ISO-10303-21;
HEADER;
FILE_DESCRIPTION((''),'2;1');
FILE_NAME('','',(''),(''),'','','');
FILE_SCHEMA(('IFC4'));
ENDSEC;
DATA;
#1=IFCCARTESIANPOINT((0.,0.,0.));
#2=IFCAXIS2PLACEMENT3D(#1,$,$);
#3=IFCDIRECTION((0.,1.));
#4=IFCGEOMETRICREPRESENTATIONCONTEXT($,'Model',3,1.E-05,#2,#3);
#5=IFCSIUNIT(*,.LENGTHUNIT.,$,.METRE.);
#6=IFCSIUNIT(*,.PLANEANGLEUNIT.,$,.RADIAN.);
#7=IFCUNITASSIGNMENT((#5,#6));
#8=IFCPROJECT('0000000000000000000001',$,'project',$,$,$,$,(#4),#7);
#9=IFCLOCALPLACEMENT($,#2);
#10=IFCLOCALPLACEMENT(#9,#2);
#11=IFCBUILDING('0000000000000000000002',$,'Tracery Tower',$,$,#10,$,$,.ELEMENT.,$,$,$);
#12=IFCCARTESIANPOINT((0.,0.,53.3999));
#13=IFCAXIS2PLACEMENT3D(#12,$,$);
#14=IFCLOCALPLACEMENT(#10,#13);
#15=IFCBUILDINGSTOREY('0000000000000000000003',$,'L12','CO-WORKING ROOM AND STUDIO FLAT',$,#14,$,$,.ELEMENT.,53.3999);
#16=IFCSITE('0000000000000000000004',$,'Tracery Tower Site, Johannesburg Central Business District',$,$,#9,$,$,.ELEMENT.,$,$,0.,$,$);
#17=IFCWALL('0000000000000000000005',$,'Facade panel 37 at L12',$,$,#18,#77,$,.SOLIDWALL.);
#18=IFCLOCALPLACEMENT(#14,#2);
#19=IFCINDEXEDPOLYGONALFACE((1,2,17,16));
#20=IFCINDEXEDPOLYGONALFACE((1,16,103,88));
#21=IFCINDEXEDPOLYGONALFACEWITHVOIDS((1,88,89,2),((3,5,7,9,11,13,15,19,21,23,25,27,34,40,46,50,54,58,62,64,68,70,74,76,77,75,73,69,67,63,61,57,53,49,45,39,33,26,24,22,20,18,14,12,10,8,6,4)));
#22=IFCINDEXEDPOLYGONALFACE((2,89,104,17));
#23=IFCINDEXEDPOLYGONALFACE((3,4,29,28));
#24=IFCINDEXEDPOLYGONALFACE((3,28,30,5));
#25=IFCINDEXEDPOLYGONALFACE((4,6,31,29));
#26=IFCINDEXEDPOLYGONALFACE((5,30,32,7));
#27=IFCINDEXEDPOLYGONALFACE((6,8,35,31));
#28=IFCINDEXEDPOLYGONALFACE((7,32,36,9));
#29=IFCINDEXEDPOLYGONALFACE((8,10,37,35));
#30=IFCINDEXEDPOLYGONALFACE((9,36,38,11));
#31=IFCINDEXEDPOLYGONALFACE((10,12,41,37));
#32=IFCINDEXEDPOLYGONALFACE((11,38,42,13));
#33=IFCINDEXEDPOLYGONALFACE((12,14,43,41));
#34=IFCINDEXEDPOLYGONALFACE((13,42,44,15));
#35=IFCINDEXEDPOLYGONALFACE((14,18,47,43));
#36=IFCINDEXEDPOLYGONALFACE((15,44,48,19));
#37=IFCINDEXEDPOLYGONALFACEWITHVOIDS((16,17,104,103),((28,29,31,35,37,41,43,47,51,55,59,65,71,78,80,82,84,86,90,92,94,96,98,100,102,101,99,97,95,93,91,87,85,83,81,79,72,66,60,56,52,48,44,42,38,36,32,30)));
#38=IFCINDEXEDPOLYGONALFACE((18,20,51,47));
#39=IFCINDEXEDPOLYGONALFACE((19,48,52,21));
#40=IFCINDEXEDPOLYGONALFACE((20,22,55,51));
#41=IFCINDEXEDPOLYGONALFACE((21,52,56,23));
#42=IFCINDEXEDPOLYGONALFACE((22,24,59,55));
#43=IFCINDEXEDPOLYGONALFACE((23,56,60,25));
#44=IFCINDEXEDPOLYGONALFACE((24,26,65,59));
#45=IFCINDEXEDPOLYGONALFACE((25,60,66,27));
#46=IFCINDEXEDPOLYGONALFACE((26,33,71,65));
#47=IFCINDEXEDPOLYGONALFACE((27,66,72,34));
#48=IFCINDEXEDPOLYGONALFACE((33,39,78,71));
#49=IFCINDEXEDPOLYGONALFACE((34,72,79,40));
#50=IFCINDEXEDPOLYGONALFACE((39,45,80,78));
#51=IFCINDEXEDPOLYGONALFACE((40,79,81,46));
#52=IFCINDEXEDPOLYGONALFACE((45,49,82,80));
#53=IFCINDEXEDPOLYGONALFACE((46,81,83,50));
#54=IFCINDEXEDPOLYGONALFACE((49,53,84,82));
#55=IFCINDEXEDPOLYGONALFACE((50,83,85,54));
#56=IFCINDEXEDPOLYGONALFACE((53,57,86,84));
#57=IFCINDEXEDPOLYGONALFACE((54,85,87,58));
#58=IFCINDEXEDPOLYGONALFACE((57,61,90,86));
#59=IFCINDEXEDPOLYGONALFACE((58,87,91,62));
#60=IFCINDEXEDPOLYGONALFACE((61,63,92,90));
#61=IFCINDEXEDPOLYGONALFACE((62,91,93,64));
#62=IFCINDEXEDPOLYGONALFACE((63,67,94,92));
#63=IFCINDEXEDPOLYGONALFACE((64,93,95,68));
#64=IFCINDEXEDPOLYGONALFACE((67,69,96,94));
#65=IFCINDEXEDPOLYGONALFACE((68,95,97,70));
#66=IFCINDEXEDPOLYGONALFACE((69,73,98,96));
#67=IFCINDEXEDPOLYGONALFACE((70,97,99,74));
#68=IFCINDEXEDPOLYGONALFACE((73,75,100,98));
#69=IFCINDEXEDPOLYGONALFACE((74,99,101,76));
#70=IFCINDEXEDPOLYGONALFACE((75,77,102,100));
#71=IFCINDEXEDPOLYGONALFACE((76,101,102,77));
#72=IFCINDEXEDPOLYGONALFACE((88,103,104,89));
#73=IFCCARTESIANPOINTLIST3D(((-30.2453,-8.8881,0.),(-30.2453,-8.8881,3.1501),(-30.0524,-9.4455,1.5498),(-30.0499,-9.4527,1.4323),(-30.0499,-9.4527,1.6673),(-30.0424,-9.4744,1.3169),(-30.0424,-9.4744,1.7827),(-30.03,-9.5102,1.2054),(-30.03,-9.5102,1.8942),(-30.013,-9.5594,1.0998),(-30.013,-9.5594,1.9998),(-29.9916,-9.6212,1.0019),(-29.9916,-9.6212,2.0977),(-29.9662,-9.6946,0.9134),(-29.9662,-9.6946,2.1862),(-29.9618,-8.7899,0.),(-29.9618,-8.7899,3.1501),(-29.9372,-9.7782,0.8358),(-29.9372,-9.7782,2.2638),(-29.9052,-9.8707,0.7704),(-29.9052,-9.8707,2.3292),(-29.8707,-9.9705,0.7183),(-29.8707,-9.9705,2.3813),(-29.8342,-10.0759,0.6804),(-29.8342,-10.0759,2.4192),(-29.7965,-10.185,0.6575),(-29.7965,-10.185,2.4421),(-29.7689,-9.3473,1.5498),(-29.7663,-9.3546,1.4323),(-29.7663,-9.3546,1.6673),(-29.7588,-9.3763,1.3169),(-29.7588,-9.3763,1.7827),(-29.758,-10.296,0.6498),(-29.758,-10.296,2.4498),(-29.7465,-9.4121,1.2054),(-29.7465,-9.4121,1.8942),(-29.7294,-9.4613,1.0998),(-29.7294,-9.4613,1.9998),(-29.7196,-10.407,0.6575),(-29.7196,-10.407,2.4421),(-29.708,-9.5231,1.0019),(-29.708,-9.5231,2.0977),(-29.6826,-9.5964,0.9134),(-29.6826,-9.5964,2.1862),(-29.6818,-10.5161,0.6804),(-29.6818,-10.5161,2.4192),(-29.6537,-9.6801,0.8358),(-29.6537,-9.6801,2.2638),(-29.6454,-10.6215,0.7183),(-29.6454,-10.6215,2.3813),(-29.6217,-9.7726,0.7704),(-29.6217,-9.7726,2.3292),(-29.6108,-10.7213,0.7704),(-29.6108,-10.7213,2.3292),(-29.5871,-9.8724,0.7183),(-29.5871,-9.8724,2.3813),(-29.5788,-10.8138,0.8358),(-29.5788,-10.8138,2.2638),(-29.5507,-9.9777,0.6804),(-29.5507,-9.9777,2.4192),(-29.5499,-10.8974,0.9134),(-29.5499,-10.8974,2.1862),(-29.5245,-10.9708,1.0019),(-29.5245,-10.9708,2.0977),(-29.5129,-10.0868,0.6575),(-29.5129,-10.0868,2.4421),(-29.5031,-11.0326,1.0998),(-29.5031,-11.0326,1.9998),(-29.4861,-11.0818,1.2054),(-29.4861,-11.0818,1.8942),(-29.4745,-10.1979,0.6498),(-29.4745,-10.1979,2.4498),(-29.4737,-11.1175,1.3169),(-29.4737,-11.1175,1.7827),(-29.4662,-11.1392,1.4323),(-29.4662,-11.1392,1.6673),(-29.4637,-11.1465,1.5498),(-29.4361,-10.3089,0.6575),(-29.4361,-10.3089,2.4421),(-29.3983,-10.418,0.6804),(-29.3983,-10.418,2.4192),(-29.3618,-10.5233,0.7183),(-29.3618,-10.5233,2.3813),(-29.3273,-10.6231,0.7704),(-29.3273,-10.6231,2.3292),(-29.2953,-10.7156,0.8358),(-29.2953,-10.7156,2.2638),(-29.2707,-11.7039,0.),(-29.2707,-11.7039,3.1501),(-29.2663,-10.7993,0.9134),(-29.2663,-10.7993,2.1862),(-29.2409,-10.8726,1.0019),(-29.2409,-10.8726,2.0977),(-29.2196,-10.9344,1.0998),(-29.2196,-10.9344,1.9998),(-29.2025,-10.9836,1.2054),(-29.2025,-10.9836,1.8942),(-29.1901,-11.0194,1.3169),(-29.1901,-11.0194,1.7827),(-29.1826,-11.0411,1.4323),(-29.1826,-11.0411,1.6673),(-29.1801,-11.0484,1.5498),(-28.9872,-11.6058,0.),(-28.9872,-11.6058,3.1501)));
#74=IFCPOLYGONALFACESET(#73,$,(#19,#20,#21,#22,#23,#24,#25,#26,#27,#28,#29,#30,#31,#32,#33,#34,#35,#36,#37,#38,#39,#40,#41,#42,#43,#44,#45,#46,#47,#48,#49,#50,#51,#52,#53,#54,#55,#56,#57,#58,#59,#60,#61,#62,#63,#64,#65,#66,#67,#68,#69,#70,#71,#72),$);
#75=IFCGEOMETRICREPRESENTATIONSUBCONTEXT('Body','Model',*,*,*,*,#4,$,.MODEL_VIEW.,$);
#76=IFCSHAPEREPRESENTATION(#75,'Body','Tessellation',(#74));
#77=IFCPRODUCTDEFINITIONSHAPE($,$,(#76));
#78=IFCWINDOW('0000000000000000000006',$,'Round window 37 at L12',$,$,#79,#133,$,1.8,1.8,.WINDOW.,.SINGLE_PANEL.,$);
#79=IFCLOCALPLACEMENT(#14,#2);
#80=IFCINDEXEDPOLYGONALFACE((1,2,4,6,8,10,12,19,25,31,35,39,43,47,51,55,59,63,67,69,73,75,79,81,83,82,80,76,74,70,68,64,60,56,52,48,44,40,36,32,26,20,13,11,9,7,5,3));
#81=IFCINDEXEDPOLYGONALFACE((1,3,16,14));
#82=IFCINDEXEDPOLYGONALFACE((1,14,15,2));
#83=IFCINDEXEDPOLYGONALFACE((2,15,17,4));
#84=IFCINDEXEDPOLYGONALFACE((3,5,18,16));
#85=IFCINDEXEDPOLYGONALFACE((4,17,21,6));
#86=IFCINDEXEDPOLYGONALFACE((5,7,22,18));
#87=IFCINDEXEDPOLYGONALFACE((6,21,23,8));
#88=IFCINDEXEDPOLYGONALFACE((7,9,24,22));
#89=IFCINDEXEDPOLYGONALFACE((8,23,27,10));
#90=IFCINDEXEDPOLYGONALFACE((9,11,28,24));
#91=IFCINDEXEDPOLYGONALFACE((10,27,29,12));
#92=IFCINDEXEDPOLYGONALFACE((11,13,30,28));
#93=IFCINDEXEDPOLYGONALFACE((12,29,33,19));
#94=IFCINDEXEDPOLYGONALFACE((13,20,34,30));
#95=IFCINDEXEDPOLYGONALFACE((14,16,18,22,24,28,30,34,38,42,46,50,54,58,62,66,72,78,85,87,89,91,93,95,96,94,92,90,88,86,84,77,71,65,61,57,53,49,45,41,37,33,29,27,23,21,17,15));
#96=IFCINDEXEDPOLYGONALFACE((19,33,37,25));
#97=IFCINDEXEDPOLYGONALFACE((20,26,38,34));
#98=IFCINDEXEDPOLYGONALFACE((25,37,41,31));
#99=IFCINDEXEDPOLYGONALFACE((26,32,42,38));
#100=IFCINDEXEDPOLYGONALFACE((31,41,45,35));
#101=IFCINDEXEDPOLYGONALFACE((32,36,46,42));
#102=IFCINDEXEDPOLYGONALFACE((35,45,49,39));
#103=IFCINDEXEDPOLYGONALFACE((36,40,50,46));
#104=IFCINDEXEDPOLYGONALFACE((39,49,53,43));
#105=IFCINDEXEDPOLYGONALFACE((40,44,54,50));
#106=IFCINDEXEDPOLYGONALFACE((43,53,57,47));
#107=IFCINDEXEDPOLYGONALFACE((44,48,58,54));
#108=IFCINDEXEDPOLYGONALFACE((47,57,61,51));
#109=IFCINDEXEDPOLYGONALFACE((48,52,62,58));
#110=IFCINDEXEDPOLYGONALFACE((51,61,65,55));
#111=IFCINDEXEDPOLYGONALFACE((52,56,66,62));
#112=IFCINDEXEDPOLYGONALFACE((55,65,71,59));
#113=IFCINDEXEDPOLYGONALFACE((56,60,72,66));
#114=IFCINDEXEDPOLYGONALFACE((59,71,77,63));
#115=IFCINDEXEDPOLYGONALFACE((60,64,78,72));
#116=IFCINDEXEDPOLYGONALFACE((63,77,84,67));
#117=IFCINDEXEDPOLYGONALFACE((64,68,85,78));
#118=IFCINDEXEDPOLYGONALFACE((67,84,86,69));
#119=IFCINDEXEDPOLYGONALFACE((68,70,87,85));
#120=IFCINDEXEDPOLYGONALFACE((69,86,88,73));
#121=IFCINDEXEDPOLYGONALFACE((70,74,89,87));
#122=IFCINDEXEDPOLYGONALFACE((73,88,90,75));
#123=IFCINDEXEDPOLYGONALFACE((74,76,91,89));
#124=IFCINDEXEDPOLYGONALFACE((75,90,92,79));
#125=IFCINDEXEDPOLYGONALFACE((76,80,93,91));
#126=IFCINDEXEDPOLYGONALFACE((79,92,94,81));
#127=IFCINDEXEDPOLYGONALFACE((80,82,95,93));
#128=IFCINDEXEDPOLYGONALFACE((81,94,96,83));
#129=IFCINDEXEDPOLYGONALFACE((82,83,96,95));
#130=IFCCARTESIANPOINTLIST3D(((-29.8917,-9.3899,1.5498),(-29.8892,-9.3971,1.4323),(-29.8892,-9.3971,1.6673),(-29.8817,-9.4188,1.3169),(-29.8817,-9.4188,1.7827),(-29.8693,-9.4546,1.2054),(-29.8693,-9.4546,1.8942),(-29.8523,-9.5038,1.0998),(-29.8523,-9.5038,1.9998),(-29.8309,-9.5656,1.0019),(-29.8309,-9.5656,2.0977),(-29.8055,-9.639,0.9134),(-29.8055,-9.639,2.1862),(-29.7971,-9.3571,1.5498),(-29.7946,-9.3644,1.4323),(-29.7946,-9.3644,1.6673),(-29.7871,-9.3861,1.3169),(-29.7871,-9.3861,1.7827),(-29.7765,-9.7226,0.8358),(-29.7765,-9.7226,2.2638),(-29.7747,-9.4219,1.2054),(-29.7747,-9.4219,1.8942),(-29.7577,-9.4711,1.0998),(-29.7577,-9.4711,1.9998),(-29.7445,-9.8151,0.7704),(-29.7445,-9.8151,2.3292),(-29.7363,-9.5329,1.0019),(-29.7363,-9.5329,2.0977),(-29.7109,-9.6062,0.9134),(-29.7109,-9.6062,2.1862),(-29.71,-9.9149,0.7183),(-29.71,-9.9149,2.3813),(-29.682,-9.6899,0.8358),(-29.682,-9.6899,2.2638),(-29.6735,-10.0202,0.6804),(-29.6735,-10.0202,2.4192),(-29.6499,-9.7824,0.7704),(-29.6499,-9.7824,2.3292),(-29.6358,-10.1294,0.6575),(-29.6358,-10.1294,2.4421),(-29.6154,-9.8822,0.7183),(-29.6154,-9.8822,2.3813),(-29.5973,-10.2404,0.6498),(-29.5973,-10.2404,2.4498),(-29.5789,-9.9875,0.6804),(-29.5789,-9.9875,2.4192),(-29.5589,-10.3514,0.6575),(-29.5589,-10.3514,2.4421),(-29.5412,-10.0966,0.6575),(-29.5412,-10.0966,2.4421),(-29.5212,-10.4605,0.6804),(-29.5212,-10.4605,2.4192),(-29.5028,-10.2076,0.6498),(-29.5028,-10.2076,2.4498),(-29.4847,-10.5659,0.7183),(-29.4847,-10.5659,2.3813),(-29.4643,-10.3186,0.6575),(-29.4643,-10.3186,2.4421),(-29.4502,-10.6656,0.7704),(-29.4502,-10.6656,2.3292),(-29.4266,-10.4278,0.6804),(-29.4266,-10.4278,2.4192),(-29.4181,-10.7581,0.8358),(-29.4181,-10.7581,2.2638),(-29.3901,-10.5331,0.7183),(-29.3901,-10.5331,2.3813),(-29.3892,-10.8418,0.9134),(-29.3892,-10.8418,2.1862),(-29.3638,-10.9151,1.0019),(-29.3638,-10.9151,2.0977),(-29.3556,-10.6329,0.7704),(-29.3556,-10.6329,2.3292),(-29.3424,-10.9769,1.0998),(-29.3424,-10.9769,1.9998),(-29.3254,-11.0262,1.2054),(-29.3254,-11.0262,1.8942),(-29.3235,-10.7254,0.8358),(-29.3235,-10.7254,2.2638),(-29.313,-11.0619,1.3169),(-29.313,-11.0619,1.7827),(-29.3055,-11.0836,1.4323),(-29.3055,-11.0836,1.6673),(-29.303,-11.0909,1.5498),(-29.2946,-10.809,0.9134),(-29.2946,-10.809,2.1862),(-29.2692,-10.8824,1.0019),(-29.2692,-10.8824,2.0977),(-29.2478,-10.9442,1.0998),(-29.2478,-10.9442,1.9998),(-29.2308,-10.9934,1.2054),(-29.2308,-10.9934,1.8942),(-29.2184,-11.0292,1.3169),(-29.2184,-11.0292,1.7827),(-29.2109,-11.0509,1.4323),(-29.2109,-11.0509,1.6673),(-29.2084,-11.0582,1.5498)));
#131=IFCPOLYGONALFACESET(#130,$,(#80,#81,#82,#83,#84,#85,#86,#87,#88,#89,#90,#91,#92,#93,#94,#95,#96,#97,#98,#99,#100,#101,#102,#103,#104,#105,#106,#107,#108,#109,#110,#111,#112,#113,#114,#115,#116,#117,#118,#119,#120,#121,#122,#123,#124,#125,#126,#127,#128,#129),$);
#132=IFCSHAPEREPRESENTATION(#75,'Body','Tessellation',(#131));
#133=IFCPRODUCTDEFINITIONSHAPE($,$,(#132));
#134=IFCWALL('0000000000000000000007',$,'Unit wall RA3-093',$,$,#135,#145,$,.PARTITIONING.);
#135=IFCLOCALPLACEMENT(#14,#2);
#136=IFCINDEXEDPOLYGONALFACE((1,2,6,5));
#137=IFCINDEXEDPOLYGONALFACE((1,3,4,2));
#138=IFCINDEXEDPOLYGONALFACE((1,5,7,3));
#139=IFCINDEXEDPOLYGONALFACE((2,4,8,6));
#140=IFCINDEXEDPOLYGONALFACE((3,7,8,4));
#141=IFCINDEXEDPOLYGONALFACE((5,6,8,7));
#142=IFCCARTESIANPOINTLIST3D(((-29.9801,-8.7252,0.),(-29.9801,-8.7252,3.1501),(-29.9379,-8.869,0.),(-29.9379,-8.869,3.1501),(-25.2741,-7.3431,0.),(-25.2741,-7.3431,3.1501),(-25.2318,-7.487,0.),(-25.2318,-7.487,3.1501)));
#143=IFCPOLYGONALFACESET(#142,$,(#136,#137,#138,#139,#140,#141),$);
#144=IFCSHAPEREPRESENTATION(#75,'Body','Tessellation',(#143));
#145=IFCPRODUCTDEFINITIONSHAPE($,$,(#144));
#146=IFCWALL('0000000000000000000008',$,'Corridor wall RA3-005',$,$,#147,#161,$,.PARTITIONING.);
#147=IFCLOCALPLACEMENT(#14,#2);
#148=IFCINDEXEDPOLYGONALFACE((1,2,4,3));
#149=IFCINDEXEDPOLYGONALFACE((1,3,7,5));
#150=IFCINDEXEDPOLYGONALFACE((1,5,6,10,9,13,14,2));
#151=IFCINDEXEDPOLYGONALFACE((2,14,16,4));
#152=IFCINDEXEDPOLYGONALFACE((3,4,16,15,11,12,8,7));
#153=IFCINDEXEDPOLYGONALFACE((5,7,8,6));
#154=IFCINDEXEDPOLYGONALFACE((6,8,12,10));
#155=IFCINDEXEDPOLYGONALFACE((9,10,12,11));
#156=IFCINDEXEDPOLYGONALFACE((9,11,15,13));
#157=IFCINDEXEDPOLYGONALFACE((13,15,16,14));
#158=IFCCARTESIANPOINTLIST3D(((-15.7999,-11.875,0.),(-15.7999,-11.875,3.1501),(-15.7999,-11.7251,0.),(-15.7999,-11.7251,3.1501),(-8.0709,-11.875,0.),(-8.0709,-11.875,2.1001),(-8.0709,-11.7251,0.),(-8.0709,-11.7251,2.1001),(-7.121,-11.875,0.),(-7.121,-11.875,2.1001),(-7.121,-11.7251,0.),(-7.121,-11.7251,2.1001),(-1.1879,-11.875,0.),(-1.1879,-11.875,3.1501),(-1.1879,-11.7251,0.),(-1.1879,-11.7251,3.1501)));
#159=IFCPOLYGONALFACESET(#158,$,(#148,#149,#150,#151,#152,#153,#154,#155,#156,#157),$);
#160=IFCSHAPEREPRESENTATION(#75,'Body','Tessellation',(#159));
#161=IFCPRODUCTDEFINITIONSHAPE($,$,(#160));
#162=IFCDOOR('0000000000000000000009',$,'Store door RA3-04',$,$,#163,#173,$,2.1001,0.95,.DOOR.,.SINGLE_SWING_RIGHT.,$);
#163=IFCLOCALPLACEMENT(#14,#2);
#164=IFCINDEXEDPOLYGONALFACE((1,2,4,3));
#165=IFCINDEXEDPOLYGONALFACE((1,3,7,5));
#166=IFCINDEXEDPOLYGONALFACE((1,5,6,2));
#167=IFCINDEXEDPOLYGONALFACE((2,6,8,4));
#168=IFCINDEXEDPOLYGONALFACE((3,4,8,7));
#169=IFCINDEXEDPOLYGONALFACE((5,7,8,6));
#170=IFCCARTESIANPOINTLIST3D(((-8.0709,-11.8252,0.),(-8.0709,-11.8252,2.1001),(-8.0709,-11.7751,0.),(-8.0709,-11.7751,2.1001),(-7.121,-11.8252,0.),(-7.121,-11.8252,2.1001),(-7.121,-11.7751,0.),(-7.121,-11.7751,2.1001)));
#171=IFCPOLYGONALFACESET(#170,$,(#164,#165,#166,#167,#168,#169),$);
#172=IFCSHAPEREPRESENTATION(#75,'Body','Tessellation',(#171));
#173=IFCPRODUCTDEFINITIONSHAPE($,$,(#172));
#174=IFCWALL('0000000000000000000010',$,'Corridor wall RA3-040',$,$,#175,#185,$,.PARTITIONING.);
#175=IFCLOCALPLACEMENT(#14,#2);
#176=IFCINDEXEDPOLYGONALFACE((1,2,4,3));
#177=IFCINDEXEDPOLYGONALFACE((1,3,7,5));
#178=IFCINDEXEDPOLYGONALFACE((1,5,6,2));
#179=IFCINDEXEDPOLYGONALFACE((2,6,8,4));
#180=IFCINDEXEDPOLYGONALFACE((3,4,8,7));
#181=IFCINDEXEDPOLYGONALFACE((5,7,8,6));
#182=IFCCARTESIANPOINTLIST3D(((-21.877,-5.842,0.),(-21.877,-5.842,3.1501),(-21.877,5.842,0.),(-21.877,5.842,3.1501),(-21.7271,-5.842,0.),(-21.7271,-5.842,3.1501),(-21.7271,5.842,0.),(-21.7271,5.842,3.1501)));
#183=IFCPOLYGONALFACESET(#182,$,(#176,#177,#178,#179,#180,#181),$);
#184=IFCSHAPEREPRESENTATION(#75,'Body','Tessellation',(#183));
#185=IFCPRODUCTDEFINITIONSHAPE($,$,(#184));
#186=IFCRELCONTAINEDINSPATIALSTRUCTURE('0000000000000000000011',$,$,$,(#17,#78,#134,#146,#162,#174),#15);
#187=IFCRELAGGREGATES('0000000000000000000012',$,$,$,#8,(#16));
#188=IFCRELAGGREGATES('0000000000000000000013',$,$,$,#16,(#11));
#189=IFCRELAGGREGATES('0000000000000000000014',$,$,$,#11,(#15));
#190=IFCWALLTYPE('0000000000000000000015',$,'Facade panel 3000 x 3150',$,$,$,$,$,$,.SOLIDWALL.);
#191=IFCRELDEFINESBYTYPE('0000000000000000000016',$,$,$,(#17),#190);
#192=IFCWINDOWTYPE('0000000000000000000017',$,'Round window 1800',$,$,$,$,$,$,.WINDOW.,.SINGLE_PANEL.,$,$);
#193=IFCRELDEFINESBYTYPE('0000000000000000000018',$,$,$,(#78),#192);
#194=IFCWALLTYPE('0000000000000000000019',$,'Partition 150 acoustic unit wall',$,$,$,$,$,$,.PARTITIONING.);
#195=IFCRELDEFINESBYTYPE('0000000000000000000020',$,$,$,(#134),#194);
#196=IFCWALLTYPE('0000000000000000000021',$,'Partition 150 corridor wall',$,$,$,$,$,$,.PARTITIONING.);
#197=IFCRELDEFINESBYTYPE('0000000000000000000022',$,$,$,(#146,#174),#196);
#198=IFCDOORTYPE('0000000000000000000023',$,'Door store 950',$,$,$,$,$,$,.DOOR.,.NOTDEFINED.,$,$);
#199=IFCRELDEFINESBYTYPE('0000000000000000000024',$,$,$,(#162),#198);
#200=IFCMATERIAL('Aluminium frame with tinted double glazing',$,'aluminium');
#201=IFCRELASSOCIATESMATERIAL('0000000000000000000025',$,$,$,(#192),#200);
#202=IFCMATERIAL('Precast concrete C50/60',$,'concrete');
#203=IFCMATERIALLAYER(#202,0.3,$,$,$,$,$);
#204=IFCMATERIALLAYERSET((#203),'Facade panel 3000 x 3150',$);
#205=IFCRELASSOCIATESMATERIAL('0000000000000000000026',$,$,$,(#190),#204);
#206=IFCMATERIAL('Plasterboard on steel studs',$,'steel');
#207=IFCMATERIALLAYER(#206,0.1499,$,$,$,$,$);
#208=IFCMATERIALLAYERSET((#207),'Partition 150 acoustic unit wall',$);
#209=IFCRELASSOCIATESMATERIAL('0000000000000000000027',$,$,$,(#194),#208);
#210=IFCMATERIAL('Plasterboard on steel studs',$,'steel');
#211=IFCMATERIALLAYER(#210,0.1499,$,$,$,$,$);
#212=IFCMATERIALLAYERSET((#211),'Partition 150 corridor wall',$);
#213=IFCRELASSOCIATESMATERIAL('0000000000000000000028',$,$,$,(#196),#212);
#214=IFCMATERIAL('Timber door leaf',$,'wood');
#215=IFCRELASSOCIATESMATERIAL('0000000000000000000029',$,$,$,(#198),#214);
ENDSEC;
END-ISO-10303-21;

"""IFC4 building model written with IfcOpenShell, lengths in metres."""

from ifc_helpers import new_model, si_unit, direction, frame, frame_2d, origin, origin_2d, place, context, subcontext, project, spatial, rectangle, circle, extrude, material, layer, layer_set, type_object, element, fill, save


model = new_model("IFC4")

# Units and contexts
model_context = context("Model", 3, precision=1e-05, world=origin(), true_north=direction((0.0, 1.0)))
body_context = subcontext(model_context, "Body", "Model", "MODEL_VIEW")
ifc_project = project(units=[si_unit("LENGTHUNIT", "METRE"), si_unit("PLANEANGLEUNIT", "RADIAN")], contexts=[model_context])

# Site, building, storey
site_placement = place(None, origin())
site = spatial("IfcSite", under=ifc_project, at=site_placement, Name="Tracery Tower Site, Johannesburg Central Business District", CompositionType="ELEMENT", RefElevation=0.0)
building_placement = place(site_placement, origin())
building = spatial("IfcBuilding", under=site, at=building_placement, Name="Tracery Tower", CompositionType="ELEMENT")
storey_placement = place(building_placement, frame((0.0, 0.0, 53.3999)))
storey = spatial("IfcBuildingStorey", under=building, at=storey_placement, Name="L12", Description="CO-WORKING ROOM AND STUDIO FLAT", CompositionType="ELEMENT", Elevation=53.3999)

# Wall, opening, window
ifc_material_1 = material(Name="Aluminium frame with tinted double glazing", Category="aluminium")
window_type = type_object("IfcWindowType", Name="Round window 1800", PartitioningType="SINGLE_PANEL", PredefinedType="WINDOW", material=ifc_material_1)
ifc_material_2 = material(Name="Precast concrete C50/60", Category="concrete")
ifc_layer_1 = layer(ifc_material_2, 0.3)
ifc_layer_set_1 = layer_set([ifc_layer_1], Name="Facade panel 3000 x 3150")
wall_type_1 = type_object("IfcWallType", Name="Facade panel 3000 x 3150", PredefinedType="SOLIDWALL", material=ifc_layer_set_1)
wall_1_placement = place(storey_placement, frame((-30.1035, -8.8391, 0.0), z_axis=(0.0, 0.0, 1.0), x_axis=(0.327071, -0.945, 0.0)))
wall_1 = element("IfcWall", 1, at=wall_1_placement, inside=storey, type_object=wall_type_1, Name="Facade panel 37 at L12", PredefinedType="SOLIDWALL", context=body_context, shape_type="SweptSolid", body=[
    extrude(rectangle(XDim=2.9797, YDim=0.3, at=frame_2d((1.4897, 0.0))), origin(), (0.0, 0.0, 1.0), 3.1501),
])
opening_1_placement = place(wall_1_placement, frame((1.4897, 0.0, 1.5498)))
opening_1 = element("IfcOpeningElement", 2, at=opening_1_placement, cuts=wall_1, PredefinedType="OPENING", context=body_context, shape_type="SweptSolid", body=[
    extrude(circle(Radius=0.9, at=origin_2d()), frame((0.0, 0.1599, 0.0), z_axis=(0.0, -1.0, 0.0), x_axis=(1.0, 0.0, 0.0)), (0.0, 0.0, 1.0), 0.3201),
])
window_1_placement = place(opening_1_placement, origin())
window_1 = element("IfcWindow", 3, at=window_1_placement, inside=storey, type_object=window_type, Name="Round window 37 at L12", OverallHeight=1.8, OverallWidth=1.8, PartitioningType="SINGLE_PANEL", PredefinedType="WINDOW", context=body_context, shape_type="SweptSolid", body=[
    extrude(circle(Radius=0.9, at=origin_2d()), frame((0.0, 0.1201, 0.0), z_axis=(0.0, -1.0, 0.0), x_axis=(1.0, 0.0, 0.0)), (0.0, 0.0, 1.0), 0.1001),
])
fill(opening_1, window_1)

# Wall
ifc_material_3 = material(Name="Plasterboard on steel studs", Category="steel")
ifc_layer_2 = layer(ifc_material_3, 0.1499)
ifc_layer_set_2 = layer_set([ifc_layer_2], Name="Partition 150 acoustic unit wall")
wall_type_2 = type_object("IfcWallType", Name="Partition 150 acoustic unit wall", PredefinedType="PARTITIONING", material=ifc_layer_set_2)
wall_2_placement = place(storey_placement, frame((-29.959, -8.7971, 0.0), z_axis=(0.0, 0.0, 1.0), x_axis=(0.959479, 0.281781, 0.0)))
element("IfcWall", 4, at=wall_2_placement, inside=storey, type_object=wall_type_2, Name="Unit wall RA3-093", PredefinedType="PARTITIONING", context=body_context, shape_type="SweptSolid", body=[
    extrude(rectangle(XDim=4.9048, YDim=0.1499, at=frame_2d((2.4524, 0.0))), origin(), (0.0, 0.0, 1.0), 3.1501),
])

# Wall, opening, door
ifc_material_4 = material(Name="Plasterboard on steel studs", Category="steel")
ifc_layer_3 = layer(ifc_material_4, 0.1499)
ifc_layer_set_3 = layer_set([ifc_layer_3], Name="Partition 150 corridor wall")
wall_type_3 = type_object("IfcWallType", Name="Partition 150 corridor wall", PredefinedType="PARTITIONING", material=ifc_layer_set_3)
wall_3_placement = place(storey_placement, frame((-15.8, -11.8, 0.0), z_axis=(0.0, 0.0, 1.0), x_axis=(1.0, 0.0, 0.0)))
wall_3 = element("IfcWall", 5, at=wall_3_placement, inside=storey, type_object=wall_type_3, Name="Corridor wall RA3-005", PredefinedType="PARTITIONING", context=body_context, shape_type="SweptSolid", body=[
    extrude(rectangle(XDim=14.6121, YDim=0.1499, at=frame_2d((7.3062, 0.0))), origin(), (0.0, 0.0, 1.0), 3.1501),
])
opening_2_placement = place(wall_3_placement, frame((7.729, 0.0, 0.0)))
opening_2 = element("IfcOpeningElement", 6, at=opening_2_placement, cuts=wall_3, PredefinedType="OPENING", context=body_context, shape_type="SweptSolid", body=[
    extrude(rectangle(XDim=0.95, YDim=2.1001, at=frame_2d((0.4751, 1.05))), frame((0.0, 0.075, 0.0), z_axis=(0.0, -1.0, 0.0), x_axis=(1.0, 0.0, 0.0)), (0.0, 0.0, 1.0), 0.1499),
])
ifc_material_5 = material(Name="Timber door leaf", Category="wood")
door_type_1 = type_object("IfcDoorType", Name="Door store 950", OperationType="NOTDEFINED", PredefinedType="DOOR", material=ifc_material_5)
door_1_placement = place(opening_2_placement, origin())
door_1 = element("IfcDoor", 7, at=door_1_placement, inside=storey, type_object=door_type_1, Name="Store door RA3-04", OperationType="SINGLE_SWING_RIGHT", OverallHeight=2.1001, OverallWidth=0.95, PredefinedType="DOOR", context=body_context, shape_type="SweptSolid", body=[
    extrude(rectangle(XDim=0.95, YDim=2.1001, at=frame_2d((0.4751, 1.05))), frame((0.0, 0.0249, 0.0), z_axis=(0.0, -1.0, 0.0), x_axis=(1.0, 0.0, 0.0)), (0.0, 0.0, 1.0), 0.05),
])
fill(opening_2, door_1)

# Wall
wall_4_placement = place(storey_placement, frame((-21.802, -5.842, 0.0), z_axis=(0.0, 0.0, 1.0), x_axis=(0.0, 1.0, 0.0)))
element("IfcWall", 8, at=wall_4_placement, inside=storey, type_object=wall_type_3, Name="Corridor wall RA3-040", PredefinedType="PARTITIONING", context=body_context, shape_type="SweptSolid", body=[
    extrude(rectangle(XDim=11.6841, YDim=0.1499, at=frame_2d((5.842, 0.0))), origin(), (0.0, 0.0, 1.0), 3.1501),
])

save(model, "model.ifc")
